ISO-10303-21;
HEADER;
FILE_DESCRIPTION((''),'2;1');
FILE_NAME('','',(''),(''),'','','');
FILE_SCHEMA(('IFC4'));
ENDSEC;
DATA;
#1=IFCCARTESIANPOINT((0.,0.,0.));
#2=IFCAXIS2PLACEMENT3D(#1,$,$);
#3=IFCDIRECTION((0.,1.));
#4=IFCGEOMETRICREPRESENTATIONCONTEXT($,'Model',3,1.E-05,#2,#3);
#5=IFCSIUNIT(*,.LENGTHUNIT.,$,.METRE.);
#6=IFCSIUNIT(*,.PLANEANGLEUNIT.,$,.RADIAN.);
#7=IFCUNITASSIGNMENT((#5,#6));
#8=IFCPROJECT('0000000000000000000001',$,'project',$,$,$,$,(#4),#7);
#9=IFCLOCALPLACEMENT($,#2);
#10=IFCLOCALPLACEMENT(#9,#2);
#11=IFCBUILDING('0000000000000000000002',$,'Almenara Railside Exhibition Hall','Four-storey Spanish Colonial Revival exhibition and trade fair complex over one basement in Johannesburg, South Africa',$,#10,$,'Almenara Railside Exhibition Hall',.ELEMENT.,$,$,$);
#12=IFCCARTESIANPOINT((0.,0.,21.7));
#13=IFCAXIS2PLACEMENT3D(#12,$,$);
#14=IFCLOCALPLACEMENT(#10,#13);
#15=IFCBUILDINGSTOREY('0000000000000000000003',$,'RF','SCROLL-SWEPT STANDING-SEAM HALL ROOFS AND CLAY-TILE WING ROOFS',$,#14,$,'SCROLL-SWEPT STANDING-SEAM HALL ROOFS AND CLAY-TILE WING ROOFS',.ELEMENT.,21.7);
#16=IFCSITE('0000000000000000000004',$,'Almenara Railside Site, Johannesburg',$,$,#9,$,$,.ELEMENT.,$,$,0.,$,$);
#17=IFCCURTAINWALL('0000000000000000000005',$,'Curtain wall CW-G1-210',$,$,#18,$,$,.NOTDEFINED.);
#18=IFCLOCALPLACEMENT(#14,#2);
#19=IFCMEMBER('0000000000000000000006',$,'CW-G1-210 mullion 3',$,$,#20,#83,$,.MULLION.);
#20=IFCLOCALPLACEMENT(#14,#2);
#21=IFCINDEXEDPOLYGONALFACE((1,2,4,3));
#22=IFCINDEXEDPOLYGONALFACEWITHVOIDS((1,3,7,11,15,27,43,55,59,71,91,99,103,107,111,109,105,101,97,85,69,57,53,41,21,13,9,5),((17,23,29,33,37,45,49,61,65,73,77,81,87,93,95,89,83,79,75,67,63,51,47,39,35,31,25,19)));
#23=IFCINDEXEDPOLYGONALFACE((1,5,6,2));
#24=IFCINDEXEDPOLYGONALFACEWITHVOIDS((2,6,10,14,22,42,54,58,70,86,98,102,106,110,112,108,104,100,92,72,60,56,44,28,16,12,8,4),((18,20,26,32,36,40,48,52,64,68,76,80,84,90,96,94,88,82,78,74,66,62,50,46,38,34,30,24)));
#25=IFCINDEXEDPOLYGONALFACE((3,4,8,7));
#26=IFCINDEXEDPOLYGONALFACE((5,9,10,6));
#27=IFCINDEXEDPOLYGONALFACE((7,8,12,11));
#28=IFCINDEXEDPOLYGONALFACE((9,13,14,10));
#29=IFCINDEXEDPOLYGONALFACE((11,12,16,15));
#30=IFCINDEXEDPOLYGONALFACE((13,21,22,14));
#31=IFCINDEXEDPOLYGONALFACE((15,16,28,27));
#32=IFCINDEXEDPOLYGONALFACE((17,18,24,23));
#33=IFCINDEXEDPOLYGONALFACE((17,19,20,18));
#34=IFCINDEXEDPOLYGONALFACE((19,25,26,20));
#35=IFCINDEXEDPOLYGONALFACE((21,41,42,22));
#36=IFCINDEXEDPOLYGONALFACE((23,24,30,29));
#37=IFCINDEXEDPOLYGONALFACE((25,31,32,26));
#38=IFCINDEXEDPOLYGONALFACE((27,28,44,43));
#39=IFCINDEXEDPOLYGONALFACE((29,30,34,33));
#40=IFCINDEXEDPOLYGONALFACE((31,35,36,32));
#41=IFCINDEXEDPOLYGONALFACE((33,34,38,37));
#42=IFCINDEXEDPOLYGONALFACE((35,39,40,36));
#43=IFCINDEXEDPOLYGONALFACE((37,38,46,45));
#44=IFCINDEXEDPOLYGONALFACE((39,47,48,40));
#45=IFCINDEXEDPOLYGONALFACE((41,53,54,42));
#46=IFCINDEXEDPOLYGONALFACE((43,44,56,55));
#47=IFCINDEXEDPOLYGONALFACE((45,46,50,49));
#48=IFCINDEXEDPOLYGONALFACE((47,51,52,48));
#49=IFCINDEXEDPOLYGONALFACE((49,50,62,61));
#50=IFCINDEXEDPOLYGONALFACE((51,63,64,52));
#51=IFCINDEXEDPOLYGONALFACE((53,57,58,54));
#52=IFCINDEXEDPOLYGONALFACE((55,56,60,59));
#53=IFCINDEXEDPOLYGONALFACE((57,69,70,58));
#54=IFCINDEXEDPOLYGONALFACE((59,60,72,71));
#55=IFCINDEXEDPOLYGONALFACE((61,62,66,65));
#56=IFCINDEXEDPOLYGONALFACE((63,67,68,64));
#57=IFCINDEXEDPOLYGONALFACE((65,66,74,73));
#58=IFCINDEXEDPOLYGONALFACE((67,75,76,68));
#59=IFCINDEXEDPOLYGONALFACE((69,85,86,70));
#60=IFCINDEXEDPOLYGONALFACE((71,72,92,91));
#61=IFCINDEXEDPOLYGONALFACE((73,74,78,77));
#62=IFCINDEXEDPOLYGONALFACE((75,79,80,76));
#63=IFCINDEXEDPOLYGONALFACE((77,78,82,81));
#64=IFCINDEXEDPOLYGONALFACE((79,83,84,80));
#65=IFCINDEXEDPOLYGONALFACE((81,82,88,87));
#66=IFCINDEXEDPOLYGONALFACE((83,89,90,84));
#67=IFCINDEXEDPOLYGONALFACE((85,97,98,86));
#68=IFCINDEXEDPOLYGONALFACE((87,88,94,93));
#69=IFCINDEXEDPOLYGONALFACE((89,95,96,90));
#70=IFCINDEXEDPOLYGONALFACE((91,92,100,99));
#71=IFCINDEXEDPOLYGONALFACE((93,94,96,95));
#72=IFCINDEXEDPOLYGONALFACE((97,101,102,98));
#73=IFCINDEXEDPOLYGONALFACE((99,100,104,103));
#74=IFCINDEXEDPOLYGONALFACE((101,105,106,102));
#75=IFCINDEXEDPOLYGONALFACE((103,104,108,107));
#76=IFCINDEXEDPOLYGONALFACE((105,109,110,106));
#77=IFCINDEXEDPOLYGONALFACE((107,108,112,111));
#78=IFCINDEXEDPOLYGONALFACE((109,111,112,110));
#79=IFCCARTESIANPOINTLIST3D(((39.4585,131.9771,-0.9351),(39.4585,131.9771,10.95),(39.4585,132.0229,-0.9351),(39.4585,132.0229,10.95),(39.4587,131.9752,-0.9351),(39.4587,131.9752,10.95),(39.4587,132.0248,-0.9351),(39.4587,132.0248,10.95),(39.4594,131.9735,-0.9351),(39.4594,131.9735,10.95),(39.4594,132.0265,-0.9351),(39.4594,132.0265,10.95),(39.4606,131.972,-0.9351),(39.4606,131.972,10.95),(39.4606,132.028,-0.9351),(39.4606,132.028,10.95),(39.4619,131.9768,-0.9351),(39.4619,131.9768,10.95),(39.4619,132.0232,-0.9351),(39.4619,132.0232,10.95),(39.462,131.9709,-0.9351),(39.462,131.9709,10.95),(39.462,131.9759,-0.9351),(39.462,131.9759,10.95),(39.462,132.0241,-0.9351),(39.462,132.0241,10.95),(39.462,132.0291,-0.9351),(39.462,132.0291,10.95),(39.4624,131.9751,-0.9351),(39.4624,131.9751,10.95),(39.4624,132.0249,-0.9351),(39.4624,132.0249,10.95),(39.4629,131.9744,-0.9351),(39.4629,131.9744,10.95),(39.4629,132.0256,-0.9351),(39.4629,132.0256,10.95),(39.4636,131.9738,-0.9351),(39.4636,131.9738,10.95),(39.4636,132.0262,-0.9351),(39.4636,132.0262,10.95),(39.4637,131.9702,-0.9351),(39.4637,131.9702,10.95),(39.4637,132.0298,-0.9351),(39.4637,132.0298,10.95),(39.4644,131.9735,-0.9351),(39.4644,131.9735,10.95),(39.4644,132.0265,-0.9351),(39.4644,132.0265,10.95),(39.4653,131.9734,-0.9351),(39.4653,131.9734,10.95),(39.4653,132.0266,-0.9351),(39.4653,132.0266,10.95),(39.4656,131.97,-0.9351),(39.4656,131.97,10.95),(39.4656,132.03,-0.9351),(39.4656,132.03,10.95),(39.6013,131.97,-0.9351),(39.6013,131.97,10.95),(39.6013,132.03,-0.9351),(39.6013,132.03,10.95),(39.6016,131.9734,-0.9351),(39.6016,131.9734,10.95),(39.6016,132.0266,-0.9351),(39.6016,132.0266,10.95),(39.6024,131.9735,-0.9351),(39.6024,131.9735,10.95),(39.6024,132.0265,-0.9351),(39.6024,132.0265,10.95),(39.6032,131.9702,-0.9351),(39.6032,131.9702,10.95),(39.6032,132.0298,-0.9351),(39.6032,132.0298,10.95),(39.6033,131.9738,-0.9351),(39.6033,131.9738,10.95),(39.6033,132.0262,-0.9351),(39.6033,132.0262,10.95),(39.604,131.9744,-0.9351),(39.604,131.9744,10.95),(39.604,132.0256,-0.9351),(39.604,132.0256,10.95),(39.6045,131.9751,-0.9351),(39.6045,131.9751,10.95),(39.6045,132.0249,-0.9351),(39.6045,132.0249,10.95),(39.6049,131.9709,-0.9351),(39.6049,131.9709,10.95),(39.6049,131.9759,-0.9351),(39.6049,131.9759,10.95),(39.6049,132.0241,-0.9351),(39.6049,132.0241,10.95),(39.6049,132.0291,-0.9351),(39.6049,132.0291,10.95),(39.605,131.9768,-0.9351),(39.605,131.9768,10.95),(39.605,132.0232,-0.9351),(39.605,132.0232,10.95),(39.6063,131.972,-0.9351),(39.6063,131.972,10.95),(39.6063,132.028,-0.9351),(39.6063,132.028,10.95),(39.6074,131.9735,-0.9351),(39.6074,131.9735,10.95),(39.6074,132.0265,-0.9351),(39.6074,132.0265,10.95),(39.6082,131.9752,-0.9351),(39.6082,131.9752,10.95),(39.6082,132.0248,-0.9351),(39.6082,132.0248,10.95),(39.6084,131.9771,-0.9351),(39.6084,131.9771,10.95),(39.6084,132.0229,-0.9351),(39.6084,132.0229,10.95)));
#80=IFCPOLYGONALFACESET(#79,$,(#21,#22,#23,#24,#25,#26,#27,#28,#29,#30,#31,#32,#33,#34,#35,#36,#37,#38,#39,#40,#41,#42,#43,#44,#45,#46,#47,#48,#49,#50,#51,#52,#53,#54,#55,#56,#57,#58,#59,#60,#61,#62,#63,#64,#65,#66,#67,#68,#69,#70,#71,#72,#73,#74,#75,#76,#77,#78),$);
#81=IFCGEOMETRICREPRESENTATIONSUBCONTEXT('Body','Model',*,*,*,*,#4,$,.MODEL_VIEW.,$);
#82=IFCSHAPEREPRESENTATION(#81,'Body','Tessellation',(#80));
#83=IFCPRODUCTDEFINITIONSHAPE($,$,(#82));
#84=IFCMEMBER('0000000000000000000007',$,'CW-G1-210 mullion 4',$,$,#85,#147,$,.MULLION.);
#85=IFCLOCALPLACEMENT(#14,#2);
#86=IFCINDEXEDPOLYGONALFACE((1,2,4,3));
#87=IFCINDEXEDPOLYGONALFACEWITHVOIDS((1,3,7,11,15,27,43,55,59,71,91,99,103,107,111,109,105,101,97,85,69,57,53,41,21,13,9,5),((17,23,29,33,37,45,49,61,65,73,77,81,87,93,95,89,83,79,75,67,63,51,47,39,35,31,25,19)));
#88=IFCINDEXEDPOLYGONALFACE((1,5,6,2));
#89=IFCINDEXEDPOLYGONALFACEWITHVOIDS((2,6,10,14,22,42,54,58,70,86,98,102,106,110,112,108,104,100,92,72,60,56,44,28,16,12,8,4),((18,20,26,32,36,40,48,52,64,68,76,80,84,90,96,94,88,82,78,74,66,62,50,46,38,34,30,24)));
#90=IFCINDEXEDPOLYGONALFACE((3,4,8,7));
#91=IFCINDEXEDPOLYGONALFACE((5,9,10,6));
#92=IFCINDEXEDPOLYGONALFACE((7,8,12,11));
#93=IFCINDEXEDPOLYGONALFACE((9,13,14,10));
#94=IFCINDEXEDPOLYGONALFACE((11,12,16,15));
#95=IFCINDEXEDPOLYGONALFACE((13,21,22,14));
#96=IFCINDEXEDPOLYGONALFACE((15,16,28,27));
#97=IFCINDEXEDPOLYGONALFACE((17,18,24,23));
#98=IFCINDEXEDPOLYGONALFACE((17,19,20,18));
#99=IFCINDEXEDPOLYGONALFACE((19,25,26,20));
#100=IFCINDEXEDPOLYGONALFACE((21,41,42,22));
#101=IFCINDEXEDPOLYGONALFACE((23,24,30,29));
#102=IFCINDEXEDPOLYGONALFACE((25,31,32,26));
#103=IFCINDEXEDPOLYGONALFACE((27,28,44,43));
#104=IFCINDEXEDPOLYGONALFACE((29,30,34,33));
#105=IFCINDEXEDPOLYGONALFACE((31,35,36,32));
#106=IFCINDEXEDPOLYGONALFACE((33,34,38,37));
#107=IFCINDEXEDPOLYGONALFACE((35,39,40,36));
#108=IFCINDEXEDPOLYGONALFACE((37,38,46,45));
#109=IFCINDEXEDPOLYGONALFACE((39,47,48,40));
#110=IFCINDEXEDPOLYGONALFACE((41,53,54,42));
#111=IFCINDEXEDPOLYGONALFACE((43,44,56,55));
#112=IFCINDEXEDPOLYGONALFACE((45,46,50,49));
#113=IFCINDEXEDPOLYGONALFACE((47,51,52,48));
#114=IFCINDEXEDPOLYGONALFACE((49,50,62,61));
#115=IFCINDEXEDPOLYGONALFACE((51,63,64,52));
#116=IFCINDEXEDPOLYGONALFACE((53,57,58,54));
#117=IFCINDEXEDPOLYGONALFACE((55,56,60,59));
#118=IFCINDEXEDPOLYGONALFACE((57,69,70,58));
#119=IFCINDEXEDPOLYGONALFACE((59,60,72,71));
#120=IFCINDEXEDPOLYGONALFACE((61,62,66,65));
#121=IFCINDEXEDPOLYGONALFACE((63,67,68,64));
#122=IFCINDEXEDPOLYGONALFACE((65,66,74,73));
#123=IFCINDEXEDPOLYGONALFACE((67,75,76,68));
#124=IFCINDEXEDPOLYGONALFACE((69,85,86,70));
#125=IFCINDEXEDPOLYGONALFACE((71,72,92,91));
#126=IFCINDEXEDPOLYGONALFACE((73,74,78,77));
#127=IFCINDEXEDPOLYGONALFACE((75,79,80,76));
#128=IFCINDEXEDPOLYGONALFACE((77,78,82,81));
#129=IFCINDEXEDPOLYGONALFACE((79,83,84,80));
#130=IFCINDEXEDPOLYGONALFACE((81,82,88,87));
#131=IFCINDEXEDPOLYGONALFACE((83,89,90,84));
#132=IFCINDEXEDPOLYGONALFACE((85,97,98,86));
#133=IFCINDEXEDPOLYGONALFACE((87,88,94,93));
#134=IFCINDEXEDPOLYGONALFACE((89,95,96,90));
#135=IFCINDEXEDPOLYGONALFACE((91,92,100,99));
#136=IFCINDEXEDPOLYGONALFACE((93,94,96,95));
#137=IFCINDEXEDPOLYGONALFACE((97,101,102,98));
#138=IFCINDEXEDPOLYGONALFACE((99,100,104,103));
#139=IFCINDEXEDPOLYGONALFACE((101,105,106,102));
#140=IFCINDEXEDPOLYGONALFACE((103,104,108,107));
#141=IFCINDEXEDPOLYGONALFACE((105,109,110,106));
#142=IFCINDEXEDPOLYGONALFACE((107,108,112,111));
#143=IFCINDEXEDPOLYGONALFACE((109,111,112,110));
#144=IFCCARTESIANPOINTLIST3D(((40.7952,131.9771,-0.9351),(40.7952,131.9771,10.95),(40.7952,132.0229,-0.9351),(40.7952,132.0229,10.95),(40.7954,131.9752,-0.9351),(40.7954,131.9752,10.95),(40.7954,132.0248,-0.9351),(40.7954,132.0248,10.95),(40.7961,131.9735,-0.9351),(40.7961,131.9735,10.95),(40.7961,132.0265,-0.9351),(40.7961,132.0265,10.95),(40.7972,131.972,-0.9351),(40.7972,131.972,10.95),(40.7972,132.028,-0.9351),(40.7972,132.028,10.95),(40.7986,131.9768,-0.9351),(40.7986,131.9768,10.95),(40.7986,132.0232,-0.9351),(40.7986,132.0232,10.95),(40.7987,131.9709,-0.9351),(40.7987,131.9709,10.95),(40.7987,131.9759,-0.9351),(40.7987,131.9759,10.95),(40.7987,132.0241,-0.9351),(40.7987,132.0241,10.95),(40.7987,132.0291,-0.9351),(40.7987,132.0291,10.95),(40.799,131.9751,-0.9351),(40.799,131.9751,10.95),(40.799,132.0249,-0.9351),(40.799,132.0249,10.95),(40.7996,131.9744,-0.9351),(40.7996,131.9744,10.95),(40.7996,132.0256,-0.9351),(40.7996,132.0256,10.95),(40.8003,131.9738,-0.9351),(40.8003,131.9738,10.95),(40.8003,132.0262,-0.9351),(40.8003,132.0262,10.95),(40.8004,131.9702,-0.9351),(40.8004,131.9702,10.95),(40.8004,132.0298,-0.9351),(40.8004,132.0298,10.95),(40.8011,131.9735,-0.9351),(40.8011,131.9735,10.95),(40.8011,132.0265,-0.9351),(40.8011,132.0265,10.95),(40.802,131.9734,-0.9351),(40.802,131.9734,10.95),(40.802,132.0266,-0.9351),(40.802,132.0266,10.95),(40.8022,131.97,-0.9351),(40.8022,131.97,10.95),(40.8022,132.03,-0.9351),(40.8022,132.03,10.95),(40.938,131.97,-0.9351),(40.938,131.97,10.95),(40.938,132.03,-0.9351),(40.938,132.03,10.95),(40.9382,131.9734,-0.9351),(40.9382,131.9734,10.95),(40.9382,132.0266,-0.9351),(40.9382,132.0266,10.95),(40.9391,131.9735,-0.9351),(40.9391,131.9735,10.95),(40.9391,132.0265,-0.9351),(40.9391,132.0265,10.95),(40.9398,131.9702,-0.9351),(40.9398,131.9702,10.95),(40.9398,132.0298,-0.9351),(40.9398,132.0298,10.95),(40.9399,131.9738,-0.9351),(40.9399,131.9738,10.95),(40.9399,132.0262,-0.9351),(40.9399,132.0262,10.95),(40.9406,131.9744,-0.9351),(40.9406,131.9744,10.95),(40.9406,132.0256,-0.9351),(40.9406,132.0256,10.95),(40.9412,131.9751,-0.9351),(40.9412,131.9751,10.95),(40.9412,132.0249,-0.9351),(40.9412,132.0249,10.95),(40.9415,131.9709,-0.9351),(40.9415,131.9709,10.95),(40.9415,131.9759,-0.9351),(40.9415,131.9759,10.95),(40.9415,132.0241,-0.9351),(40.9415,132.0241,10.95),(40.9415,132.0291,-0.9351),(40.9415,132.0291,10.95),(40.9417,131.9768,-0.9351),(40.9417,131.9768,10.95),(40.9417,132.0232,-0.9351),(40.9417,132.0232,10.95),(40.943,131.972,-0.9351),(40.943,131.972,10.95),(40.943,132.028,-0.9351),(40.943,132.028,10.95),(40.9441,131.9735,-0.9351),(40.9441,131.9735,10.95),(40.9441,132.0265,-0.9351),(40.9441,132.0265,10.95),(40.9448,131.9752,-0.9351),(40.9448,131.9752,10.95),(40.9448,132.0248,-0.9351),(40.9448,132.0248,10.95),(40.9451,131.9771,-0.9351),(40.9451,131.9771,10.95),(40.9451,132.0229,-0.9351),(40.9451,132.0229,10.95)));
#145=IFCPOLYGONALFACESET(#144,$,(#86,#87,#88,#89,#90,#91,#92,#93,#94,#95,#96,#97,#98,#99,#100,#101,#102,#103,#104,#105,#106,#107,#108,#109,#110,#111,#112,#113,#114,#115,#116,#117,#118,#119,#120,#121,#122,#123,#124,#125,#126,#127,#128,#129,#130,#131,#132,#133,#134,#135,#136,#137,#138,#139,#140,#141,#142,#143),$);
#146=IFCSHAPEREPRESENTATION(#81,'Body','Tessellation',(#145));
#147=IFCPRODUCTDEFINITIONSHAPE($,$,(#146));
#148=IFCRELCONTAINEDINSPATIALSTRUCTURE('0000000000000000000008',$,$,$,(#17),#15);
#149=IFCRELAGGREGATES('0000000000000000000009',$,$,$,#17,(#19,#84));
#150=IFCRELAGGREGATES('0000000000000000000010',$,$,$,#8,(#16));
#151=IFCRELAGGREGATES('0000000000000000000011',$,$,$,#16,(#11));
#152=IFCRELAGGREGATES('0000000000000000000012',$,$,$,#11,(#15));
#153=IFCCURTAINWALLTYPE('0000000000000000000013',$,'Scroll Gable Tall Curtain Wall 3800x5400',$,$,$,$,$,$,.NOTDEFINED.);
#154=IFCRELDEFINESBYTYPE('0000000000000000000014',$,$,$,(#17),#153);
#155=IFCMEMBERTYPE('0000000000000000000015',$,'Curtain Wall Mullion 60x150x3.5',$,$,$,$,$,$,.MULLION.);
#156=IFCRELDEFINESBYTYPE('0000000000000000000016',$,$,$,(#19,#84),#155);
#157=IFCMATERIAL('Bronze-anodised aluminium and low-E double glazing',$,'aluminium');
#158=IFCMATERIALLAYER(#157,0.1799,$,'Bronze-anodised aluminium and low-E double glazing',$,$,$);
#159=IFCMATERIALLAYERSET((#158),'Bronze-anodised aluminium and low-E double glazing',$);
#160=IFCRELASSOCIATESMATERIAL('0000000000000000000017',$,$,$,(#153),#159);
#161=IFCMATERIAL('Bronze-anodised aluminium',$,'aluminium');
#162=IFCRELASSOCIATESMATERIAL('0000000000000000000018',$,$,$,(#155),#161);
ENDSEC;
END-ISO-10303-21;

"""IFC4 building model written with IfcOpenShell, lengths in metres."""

from ifc_helpers import new_model, si_unit, direction, frame, origin, origin_2d, place, context, subcontext, project, spatial, hollow_rectangle, extrude, material, layer, layer_set, material_profile, profile_set, type_object, element, aggregate, save


model = new_model("IFC4")

# Units and contexts
model_context = context("Model", 3, precision=1e-05, world=origin(), true_north=direction((0.0, 1.0)))
body_context = subcontext(model_context, "Body", "Model", "MODEL_VIEW")
ifc_project = project(units=[si_unit("LENGTHUNIT", "METRE"), si_unit("PLANEANGLEUNIT", "RADIAN")], contexts=[model_context])

# Site, building, storey
site_placement = place(None, origin())
site = spatial("IfcSite", under=ifc_project, at=site_placement, Name="Almenara Railside Site, Johannesburg", CompositionType="ELEMENT", RefElevation=0.0)
building_placement = place(site_placement, origin())
building = spatial("IfcBuilding", under=site, at=building_placement, Name="Almenara Railside Exhibition Hall", Description="Four-storey Spanish Colonial Revival exhibition and trade fair complex over one basement in Johannesburg, South Africa", LongName="Almenara Railside Exhibition Hall", CompositionType="ELEMENT")
storey_placement = place(building_placement, frame((0.0, 0.0, 21.7)))
storey = spatial("IfcBuildingStorey", under=building, at=storey_placement, Name="RF", Description="SCROLL-SWEPT STANDING-SEAM HALL ROOFS AND CLAY-TILE WING ROOFS", LongName="SCROLL-SWEPT STANDING-SEAM HALL ROOFS AND CLAY-TILE WING ROOFS", CompositionType="ELEMENT", Elevation=21.7)

# Curtain wall, members
ifc_material_1 = material(Name="Bronze-anodised aluminium and low-E double glazing", Category="aluminium")
ifc_layer_1 = layer(ifc_material_1, 0.1799, Name="Bronze-anodised aluminium and low-E double glazing")
ifc_layer_set_1 = layer_set([ifc_layer_1], Name="Bronze-anodised aluminium and low-E double glazing")
curtain_wall_type = type_object("IfcCurtainWallType", Name="Scroll Gable Tall Curtain Wall 3800x5400", PredefinedType="NOTDEFINED", material=ifc_layer_set_1)
ifc_material_2 = material(Name="Bronze-anodised aluminium", Category="aluminium")
curtain_wall_1_placement = place(storey_placement, origin())
curtain_wall_1 = element("IfcCurtainWall", 1, at=curtain_wall_1_placement, inside=storey, type_object=curtain_wall_type, Name="Curtain wall CW-G1-210", PredefinedType="NOTDEFINED")
ifc_material_profile_1 = material_profile(ifc_material_2, hollow_rectangle(XDim=0.0601, YDim=0.1499, WallThickness=0.0034, InnerFilletRadius=0.0034, OuterFilletRadius=0.0071, at=origin_2d()), Name="ALU-MUL 60x150x3.5")
ifc_profile_set_1 = profile_set([ifc_material_profile_1], Name="Bronze-anodised aluminium")
member_type_1 = type_object("IfcMemberType", Name="Curtain Wall Mullion 60x150x3.5", PredefinedType="MULLION", material=ifc_profile_set_1)
member_1_placement = place(storey_placement, frame((39.5334, 132.0, -0.9351), z_axis=(0.0, 0.0, 1.0), x_axis=(0.0, 1.0, 0.0)))
member_1 = element("IfcMember", 2, at=member_1_placement, type_object=member_type_1, Name="CW-G1-210 mullion 3", PredefinedType="MULLION", context=body_context, shape_type="SweptSolid", body=[
    extrude(hollow_rectangle(XDim=0.0601, YDim=0.1499, WallThickness=0.0034, InnerFilletRadius=0.0034, OuterFilletRadius=0.0071, at=origin_2d()), origin(), (0.0, 0.0, 1.0), 11.885),
])
member_2_placement = place(storey_placement, frame((40.8701, 132.0, -0.9351), z_axis=(0.0, 0.0, 1.0), x_axis=(0.0, 1.0, 0.0)))
member_2 = element("IfcMember", 3, at=member_2_placement, type_object=member_type_1, Name="CW-G1-210 mullion 4", PredefinedType="MULLION", context=body_context, shape_type="SweptSolid", body=[
    extrude(hollow_rectangle(XDim=0.0601, YDim=0.1499, WallThickness=0.0034, InnerFilletRadius=0.0034, OuterFilletRadius=0.0071, at=origin_2d()), origin(), (0.0, 0.0, 1.0), 11.885),
])

aggregate(curtain_wall_1, [member_1, member_2])

save(model, "model.ifc")
